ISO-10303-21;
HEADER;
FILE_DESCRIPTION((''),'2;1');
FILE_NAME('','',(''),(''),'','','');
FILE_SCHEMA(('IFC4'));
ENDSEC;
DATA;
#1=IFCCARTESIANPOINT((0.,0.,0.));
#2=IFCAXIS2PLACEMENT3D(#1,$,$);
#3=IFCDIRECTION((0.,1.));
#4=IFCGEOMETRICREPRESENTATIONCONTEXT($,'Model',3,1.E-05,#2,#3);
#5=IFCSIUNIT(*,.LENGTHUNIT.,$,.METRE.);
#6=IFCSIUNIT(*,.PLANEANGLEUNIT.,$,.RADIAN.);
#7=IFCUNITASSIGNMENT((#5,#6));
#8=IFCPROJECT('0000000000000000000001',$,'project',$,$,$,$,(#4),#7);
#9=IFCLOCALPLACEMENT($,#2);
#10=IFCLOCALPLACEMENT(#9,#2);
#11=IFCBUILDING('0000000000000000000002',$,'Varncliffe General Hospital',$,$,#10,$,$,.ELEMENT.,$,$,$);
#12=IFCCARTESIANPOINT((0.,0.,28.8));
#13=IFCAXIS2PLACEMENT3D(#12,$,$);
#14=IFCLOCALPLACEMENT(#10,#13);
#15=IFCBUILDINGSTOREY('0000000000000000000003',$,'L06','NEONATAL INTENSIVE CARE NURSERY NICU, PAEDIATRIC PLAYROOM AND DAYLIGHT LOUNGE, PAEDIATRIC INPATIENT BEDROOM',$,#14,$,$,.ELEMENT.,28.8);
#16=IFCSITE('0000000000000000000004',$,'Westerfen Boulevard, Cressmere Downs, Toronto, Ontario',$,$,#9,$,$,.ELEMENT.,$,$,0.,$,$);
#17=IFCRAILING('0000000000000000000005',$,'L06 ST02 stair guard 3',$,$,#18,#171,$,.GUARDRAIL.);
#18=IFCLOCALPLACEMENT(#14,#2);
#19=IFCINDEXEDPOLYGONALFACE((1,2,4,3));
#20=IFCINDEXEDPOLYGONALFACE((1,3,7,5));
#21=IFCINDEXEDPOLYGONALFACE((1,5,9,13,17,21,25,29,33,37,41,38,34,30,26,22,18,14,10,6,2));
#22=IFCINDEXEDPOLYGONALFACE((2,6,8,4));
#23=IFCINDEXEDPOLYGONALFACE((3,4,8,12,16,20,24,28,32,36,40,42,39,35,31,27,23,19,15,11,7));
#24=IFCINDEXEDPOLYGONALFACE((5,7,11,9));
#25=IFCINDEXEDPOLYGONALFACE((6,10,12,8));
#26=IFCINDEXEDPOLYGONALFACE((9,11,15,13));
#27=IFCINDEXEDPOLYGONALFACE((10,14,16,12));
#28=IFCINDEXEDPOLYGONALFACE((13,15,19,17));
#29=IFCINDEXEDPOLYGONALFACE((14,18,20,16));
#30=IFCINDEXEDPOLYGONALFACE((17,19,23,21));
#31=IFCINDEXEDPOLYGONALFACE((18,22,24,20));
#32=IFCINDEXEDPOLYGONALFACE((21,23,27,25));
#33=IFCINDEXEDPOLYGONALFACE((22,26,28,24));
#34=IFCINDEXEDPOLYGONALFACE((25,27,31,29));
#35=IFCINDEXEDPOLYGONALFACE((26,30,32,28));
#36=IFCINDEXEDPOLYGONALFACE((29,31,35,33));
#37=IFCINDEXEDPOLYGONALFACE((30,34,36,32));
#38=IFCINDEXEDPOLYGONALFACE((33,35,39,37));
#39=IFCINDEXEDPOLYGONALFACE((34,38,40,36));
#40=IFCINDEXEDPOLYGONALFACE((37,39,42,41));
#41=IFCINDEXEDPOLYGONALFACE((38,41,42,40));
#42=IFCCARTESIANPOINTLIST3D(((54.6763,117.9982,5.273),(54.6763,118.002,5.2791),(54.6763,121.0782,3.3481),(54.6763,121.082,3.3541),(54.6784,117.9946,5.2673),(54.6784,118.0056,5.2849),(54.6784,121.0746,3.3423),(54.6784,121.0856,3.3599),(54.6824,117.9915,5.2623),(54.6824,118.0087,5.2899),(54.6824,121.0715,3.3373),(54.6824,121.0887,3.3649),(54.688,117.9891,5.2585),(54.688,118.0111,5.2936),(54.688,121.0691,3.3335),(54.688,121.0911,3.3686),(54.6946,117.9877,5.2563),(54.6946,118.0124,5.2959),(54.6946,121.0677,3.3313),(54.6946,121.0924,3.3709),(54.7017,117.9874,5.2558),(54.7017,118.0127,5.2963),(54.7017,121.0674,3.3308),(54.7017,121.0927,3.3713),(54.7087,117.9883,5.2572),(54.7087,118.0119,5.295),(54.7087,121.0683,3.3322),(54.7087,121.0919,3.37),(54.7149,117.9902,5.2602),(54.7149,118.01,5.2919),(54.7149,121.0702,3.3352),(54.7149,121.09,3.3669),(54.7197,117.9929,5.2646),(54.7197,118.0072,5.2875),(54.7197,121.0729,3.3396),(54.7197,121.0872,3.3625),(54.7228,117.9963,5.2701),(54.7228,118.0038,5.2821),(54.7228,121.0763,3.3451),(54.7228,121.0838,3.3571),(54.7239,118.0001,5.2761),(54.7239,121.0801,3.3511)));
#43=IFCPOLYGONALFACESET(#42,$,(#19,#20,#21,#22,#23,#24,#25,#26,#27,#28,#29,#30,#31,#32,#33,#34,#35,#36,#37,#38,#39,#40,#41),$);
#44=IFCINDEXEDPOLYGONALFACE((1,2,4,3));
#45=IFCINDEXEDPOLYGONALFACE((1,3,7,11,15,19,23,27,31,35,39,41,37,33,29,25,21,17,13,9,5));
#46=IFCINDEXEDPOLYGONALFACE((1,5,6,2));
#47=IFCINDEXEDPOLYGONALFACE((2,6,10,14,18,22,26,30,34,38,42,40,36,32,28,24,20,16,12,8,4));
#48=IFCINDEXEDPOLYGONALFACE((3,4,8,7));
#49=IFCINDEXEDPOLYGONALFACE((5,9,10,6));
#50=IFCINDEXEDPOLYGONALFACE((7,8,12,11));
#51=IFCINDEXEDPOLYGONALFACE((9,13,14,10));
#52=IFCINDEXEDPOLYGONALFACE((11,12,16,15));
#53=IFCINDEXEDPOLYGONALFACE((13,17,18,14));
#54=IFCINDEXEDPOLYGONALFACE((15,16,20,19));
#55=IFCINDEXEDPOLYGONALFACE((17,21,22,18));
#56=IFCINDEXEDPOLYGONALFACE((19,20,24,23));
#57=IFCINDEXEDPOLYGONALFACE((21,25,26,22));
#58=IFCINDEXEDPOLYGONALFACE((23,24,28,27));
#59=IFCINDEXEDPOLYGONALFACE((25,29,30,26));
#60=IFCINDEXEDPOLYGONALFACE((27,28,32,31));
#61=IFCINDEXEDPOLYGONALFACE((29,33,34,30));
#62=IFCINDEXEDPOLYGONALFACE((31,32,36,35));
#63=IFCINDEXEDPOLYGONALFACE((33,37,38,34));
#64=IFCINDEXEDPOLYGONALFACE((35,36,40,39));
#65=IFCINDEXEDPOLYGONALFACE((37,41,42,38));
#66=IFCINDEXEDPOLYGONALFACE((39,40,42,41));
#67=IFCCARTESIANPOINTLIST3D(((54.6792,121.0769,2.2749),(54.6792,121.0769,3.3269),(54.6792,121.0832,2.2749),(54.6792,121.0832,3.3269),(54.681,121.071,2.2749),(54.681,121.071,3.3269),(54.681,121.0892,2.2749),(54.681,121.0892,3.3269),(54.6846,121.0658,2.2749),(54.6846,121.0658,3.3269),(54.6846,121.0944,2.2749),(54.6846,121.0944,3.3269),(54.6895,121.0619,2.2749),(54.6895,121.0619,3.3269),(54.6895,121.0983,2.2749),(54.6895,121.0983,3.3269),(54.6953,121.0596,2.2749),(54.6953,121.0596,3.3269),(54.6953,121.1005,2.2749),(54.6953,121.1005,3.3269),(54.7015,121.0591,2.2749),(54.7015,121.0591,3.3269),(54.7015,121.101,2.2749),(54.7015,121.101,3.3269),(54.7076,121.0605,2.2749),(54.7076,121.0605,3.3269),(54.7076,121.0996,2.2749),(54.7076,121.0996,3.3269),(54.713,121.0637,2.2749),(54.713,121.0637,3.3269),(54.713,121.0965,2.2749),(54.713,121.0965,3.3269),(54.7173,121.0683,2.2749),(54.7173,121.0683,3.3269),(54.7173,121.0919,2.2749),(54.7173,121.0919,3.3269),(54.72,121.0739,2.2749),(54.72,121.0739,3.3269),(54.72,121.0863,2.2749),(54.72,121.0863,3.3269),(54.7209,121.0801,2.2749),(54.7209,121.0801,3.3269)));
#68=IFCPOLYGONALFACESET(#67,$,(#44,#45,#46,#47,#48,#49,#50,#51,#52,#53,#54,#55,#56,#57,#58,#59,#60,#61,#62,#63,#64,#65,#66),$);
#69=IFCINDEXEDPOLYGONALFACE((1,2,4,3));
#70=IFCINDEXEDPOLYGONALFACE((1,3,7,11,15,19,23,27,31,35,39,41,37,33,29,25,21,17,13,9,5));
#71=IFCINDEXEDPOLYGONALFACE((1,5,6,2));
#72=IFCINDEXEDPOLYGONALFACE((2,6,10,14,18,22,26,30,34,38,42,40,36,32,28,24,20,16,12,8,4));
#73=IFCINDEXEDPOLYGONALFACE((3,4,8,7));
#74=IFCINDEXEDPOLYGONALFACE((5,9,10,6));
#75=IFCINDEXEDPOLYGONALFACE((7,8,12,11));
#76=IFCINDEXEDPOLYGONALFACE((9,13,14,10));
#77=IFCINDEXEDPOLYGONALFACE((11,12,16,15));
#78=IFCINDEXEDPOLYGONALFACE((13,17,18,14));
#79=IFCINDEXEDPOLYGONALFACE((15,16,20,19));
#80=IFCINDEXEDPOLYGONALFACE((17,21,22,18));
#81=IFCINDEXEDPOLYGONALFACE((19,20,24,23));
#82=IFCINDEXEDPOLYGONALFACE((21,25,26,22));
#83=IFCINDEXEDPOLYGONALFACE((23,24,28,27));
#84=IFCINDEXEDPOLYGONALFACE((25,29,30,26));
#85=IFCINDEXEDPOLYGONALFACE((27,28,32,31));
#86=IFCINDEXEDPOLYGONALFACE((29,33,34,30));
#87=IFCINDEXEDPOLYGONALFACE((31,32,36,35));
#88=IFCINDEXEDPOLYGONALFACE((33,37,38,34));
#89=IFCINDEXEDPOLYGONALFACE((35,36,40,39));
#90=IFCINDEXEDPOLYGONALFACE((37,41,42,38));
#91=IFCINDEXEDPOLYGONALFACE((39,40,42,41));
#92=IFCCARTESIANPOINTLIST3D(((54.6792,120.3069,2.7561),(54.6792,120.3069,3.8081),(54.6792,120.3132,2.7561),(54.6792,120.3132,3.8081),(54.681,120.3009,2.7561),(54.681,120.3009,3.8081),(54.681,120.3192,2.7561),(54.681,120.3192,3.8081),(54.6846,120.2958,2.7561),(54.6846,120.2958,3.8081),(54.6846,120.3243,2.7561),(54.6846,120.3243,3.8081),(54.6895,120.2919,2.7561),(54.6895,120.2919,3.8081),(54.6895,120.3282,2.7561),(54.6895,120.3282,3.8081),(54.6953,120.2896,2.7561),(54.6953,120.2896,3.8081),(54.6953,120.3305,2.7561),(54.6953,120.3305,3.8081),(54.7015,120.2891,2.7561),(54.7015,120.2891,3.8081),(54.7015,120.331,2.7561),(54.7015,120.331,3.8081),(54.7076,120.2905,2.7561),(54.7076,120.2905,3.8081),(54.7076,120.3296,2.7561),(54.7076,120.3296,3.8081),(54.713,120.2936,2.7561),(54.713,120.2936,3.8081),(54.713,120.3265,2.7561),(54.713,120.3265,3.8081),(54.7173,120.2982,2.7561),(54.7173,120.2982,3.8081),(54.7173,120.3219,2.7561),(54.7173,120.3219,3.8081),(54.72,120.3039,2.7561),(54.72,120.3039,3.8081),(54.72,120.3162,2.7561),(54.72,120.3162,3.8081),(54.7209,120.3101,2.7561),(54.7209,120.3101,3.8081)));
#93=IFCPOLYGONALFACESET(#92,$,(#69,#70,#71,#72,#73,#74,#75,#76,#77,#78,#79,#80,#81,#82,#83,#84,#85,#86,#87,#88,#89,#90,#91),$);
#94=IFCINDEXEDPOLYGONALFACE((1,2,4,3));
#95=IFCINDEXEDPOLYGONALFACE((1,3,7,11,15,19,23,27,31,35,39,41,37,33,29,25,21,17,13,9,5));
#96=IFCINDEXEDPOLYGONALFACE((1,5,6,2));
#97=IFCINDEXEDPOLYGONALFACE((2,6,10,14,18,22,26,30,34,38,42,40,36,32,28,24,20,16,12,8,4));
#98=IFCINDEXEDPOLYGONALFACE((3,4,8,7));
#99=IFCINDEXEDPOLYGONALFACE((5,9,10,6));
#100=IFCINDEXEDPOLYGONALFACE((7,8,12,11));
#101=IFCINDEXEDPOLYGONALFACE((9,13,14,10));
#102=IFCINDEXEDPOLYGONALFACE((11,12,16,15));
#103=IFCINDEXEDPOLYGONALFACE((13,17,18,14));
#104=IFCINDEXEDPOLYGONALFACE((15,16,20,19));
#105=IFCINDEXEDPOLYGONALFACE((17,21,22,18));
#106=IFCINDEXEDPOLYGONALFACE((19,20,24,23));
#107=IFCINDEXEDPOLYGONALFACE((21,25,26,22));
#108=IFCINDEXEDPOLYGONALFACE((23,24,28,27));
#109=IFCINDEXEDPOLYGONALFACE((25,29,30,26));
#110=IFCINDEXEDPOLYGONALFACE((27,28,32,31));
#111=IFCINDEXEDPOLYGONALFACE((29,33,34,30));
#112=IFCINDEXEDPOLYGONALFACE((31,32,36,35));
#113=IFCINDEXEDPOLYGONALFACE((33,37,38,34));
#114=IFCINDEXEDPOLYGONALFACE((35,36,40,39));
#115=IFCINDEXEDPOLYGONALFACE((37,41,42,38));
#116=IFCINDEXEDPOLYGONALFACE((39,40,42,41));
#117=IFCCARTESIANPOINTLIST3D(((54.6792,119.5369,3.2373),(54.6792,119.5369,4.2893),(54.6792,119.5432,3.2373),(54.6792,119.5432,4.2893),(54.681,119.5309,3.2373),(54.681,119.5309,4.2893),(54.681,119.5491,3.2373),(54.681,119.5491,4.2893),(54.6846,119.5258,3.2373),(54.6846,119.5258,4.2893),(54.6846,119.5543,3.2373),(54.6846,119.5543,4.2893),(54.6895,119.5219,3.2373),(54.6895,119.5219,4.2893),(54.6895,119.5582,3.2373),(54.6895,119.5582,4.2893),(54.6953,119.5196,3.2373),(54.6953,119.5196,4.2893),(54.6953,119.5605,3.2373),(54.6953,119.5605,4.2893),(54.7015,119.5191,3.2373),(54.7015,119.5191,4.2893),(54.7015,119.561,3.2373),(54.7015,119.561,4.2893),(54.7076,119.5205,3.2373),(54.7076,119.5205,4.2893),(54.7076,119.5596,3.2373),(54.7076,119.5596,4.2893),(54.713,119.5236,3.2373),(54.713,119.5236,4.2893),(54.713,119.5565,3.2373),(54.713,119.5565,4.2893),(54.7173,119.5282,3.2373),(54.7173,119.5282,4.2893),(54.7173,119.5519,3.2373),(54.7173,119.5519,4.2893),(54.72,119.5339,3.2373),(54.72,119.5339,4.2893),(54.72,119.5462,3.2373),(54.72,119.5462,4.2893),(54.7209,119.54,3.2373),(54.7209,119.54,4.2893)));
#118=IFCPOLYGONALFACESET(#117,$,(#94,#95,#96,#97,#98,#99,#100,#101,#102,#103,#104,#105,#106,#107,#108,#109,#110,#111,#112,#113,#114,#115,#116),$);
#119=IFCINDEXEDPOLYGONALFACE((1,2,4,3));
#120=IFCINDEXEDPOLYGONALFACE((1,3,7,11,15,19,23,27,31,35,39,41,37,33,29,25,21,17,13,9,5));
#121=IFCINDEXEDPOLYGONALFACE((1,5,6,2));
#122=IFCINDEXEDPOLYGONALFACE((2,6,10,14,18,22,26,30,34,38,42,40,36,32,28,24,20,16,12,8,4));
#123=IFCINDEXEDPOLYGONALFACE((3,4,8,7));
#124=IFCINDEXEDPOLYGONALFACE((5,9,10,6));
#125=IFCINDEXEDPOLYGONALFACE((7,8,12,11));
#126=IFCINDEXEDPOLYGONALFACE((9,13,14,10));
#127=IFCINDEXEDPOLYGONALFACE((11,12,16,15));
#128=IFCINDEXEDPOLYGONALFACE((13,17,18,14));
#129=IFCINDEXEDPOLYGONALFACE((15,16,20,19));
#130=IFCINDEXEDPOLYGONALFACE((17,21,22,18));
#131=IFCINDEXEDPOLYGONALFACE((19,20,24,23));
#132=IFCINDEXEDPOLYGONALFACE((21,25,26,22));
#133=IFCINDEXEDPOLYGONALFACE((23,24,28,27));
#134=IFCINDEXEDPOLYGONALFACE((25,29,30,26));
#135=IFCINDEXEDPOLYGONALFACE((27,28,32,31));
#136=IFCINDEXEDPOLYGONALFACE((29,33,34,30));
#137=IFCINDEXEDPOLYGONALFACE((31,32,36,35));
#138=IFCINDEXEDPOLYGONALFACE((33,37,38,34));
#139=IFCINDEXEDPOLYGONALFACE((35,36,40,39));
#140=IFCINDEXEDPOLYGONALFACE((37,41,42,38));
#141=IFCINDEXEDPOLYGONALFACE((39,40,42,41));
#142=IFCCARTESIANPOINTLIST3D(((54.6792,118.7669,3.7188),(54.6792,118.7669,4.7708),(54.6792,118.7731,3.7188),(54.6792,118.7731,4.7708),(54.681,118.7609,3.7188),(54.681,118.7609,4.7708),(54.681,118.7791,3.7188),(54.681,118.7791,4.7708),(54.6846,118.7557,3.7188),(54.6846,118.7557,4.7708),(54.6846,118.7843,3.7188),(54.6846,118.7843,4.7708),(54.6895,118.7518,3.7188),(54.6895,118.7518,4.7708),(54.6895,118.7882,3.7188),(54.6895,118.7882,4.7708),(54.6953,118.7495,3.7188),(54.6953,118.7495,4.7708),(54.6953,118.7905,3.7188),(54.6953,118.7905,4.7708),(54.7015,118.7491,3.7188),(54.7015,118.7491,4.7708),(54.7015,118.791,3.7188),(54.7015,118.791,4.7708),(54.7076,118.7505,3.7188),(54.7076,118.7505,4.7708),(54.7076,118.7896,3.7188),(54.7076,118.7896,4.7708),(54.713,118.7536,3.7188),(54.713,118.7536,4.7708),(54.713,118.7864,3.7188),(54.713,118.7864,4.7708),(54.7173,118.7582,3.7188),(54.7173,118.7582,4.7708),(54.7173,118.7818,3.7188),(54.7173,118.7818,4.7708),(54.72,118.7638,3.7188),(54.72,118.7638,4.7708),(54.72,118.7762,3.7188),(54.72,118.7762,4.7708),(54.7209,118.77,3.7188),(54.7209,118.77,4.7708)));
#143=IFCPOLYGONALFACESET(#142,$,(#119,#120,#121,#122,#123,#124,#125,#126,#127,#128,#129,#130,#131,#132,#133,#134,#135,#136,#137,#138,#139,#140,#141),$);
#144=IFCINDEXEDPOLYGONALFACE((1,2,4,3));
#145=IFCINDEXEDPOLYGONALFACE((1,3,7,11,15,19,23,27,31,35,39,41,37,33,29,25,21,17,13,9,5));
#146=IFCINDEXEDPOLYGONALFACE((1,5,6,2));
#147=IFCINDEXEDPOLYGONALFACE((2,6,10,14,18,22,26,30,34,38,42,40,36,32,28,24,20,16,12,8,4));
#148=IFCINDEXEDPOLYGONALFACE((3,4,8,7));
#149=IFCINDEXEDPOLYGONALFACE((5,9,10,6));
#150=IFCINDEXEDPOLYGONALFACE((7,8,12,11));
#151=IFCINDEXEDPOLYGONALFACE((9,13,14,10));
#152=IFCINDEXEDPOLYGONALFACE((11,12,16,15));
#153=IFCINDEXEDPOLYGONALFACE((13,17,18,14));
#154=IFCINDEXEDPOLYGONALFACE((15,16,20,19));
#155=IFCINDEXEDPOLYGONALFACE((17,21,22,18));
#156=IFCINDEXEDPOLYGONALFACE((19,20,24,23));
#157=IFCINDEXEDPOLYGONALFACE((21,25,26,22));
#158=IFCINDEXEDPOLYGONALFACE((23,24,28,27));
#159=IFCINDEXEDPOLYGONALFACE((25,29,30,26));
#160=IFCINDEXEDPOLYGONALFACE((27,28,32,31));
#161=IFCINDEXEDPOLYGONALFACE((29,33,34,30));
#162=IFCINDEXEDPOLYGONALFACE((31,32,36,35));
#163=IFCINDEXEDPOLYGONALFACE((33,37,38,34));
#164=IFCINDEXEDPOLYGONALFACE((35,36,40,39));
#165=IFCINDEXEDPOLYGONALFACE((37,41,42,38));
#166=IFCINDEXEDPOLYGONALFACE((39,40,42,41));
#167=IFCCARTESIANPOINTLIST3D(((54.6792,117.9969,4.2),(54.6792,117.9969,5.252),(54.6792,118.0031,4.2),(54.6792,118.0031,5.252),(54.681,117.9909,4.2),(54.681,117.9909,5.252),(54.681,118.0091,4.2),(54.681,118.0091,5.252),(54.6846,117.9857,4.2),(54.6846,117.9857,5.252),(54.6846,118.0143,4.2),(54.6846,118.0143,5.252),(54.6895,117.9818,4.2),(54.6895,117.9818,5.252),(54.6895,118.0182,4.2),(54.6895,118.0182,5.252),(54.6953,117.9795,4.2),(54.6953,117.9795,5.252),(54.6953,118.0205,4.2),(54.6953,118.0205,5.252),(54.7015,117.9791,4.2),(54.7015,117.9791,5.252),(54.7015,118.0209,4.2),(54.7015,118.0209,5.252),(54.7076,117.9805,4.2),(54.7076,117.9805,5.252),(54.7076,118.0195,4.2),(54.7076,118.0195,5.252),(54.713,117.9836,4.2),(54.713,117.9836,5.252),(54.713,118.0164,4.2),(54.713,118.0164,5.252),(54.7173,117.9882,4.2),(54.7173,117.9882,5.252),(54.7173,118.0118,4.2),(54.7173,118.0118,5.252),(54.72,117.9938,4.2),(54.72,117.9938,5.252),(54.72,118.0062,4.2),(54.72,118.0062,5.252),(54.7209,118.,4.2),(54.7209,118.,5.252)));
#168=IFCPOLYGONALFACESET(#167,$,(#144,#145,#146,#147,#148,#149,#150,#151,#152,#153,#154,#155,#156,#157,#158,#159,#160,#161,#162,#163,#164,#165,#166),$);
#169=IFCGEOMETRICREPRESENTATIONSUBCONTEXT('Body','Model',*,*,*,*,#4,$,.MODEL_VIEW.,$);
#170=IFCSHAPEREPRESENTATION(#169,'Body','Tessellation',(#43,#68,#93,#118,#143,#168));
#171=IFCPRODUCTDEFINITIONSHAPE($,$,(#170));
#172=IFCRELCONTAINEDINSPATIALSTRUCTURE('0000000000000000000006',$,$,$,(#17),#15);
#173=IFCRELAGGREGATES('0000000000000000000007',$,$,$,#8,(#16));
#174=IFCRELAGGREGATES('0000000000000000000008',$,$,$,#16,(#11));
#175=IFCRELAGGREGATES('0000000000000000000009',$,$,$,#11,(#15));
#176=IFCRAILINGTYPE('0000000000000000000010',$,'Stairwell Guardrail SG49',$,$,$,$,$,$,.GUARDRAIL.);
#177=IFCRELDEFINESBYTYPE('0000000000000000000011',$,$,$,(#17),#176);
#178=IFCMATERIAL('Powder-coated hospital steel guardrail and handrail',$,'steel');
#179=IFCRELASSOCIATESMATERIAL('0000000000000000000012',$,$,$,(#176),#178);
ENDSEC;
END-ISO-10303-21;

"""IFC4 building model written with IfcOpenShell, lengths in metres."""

from ifc_helpers import new_model, si_unit, direction, frame, origin, origin_2d, place, context, subcontext, project, spatial, circle, extrude, material, type_object, element, save


model = new_model("IFC4")

# Units and contexts
model_context = context("Model", 3, precision=1e-05, world=origin(), true_north=direction((0.0, 1.0)))
body_context = subcontext(model_context, "Body", "Model", "MODEL_VIEW")
ifc_project = project(units=[si_unit("LENGTHUNIT", "METRE"), si_unit("PLANEANGLEUNIT", "RADIAN")], contexts=[model_context])

# Site, building, storey
site_placement = place(None, origin())
site = spatial("IfcSite", under=ifc_project, at=site_placement, Name="Westerfen Boulevard, Cressmere Downs, Toronto, Ontario", CompositionType="ELEMENT", RefElevation=0.0)
building_placement = place(site_placement, origin())
building = spatial("IfcBuilding", under=site, at=building_placement, Name="Varncliffe General Hospital", CompositionType="ELEMENT")
storey_placement = place(building_placement, frame((0.0, 0.0, 28.8)))
storey = spatial("IfcBuildingStorey", under=building, at=storey_placement, Name="L06", Description="NEONATAL INTENSIVE CARE NURSERY NICU, PAEDIATRIC PLAYROOM AND DAYLIGHT LOUNGE, PAEDIATRIC INPATIENT BEDROOM", CompositionType="ELEMENT", Elevation=28.8)

# Railing
ifc_material_1 = material(Name="Powder-coated hospital steel guardrail and handrail", Category="steel")
railing_type_1 = type_object("IfcRailingType", Name="Stairwell Guardrail SG49", PredefinedType="GUARDRAIL", material=ifc_material_1)
railing_1_placement = place(storey_placement, frame((54.7, 121.0801, 2.2749)))
element("IfcRailing", 1, at=railing_1_placement, inside=storey, type_object=railing_type_1, Name="L06 ST02 stair guard 3", PredefinedType="GUARDRAIL", context=body_context, shape_type="SweptSolid", body=[
    extrude(circle(Radius=0.0239, at=origin_2d()), frame((0.0, 0.0, 1.0762), z_axis=(0.0, -0.847998, 0.529999), x_axis=(1.0, 0.0, 0.0)), (0.0, 0.0, 1.0), 3.6321),
    extrude(circle(Radius=0.021, at=origin_2d()), origin(), (0.0, 0.0, 1.0), 1.052),
    extrude(circle(Radius=0.021, at=origin_2d()), frame((0.0, -0.77, 0.4812)), (0.0, 0.0, 1.0), 1.052),
    extrude(circle(Radius=0.021, at=origin_2d()), frame((0.0, -1.54, 0.9624)), (0.0, 0.0, 1.0), 1.052),
    extrude(circle(Radius=0.021, at=origin_2d()), frame((0.0, -2.3101, 1.4438)), (0.0, 0.0, 1.0), 1.052),
    extrude(circle(Radius=0.021, at=origin_2d()), frame((0.0, -3.0801, 1.925)), (0.0, 0.0, 1.0), 1.052),
])

save(model, "model.ifc")
